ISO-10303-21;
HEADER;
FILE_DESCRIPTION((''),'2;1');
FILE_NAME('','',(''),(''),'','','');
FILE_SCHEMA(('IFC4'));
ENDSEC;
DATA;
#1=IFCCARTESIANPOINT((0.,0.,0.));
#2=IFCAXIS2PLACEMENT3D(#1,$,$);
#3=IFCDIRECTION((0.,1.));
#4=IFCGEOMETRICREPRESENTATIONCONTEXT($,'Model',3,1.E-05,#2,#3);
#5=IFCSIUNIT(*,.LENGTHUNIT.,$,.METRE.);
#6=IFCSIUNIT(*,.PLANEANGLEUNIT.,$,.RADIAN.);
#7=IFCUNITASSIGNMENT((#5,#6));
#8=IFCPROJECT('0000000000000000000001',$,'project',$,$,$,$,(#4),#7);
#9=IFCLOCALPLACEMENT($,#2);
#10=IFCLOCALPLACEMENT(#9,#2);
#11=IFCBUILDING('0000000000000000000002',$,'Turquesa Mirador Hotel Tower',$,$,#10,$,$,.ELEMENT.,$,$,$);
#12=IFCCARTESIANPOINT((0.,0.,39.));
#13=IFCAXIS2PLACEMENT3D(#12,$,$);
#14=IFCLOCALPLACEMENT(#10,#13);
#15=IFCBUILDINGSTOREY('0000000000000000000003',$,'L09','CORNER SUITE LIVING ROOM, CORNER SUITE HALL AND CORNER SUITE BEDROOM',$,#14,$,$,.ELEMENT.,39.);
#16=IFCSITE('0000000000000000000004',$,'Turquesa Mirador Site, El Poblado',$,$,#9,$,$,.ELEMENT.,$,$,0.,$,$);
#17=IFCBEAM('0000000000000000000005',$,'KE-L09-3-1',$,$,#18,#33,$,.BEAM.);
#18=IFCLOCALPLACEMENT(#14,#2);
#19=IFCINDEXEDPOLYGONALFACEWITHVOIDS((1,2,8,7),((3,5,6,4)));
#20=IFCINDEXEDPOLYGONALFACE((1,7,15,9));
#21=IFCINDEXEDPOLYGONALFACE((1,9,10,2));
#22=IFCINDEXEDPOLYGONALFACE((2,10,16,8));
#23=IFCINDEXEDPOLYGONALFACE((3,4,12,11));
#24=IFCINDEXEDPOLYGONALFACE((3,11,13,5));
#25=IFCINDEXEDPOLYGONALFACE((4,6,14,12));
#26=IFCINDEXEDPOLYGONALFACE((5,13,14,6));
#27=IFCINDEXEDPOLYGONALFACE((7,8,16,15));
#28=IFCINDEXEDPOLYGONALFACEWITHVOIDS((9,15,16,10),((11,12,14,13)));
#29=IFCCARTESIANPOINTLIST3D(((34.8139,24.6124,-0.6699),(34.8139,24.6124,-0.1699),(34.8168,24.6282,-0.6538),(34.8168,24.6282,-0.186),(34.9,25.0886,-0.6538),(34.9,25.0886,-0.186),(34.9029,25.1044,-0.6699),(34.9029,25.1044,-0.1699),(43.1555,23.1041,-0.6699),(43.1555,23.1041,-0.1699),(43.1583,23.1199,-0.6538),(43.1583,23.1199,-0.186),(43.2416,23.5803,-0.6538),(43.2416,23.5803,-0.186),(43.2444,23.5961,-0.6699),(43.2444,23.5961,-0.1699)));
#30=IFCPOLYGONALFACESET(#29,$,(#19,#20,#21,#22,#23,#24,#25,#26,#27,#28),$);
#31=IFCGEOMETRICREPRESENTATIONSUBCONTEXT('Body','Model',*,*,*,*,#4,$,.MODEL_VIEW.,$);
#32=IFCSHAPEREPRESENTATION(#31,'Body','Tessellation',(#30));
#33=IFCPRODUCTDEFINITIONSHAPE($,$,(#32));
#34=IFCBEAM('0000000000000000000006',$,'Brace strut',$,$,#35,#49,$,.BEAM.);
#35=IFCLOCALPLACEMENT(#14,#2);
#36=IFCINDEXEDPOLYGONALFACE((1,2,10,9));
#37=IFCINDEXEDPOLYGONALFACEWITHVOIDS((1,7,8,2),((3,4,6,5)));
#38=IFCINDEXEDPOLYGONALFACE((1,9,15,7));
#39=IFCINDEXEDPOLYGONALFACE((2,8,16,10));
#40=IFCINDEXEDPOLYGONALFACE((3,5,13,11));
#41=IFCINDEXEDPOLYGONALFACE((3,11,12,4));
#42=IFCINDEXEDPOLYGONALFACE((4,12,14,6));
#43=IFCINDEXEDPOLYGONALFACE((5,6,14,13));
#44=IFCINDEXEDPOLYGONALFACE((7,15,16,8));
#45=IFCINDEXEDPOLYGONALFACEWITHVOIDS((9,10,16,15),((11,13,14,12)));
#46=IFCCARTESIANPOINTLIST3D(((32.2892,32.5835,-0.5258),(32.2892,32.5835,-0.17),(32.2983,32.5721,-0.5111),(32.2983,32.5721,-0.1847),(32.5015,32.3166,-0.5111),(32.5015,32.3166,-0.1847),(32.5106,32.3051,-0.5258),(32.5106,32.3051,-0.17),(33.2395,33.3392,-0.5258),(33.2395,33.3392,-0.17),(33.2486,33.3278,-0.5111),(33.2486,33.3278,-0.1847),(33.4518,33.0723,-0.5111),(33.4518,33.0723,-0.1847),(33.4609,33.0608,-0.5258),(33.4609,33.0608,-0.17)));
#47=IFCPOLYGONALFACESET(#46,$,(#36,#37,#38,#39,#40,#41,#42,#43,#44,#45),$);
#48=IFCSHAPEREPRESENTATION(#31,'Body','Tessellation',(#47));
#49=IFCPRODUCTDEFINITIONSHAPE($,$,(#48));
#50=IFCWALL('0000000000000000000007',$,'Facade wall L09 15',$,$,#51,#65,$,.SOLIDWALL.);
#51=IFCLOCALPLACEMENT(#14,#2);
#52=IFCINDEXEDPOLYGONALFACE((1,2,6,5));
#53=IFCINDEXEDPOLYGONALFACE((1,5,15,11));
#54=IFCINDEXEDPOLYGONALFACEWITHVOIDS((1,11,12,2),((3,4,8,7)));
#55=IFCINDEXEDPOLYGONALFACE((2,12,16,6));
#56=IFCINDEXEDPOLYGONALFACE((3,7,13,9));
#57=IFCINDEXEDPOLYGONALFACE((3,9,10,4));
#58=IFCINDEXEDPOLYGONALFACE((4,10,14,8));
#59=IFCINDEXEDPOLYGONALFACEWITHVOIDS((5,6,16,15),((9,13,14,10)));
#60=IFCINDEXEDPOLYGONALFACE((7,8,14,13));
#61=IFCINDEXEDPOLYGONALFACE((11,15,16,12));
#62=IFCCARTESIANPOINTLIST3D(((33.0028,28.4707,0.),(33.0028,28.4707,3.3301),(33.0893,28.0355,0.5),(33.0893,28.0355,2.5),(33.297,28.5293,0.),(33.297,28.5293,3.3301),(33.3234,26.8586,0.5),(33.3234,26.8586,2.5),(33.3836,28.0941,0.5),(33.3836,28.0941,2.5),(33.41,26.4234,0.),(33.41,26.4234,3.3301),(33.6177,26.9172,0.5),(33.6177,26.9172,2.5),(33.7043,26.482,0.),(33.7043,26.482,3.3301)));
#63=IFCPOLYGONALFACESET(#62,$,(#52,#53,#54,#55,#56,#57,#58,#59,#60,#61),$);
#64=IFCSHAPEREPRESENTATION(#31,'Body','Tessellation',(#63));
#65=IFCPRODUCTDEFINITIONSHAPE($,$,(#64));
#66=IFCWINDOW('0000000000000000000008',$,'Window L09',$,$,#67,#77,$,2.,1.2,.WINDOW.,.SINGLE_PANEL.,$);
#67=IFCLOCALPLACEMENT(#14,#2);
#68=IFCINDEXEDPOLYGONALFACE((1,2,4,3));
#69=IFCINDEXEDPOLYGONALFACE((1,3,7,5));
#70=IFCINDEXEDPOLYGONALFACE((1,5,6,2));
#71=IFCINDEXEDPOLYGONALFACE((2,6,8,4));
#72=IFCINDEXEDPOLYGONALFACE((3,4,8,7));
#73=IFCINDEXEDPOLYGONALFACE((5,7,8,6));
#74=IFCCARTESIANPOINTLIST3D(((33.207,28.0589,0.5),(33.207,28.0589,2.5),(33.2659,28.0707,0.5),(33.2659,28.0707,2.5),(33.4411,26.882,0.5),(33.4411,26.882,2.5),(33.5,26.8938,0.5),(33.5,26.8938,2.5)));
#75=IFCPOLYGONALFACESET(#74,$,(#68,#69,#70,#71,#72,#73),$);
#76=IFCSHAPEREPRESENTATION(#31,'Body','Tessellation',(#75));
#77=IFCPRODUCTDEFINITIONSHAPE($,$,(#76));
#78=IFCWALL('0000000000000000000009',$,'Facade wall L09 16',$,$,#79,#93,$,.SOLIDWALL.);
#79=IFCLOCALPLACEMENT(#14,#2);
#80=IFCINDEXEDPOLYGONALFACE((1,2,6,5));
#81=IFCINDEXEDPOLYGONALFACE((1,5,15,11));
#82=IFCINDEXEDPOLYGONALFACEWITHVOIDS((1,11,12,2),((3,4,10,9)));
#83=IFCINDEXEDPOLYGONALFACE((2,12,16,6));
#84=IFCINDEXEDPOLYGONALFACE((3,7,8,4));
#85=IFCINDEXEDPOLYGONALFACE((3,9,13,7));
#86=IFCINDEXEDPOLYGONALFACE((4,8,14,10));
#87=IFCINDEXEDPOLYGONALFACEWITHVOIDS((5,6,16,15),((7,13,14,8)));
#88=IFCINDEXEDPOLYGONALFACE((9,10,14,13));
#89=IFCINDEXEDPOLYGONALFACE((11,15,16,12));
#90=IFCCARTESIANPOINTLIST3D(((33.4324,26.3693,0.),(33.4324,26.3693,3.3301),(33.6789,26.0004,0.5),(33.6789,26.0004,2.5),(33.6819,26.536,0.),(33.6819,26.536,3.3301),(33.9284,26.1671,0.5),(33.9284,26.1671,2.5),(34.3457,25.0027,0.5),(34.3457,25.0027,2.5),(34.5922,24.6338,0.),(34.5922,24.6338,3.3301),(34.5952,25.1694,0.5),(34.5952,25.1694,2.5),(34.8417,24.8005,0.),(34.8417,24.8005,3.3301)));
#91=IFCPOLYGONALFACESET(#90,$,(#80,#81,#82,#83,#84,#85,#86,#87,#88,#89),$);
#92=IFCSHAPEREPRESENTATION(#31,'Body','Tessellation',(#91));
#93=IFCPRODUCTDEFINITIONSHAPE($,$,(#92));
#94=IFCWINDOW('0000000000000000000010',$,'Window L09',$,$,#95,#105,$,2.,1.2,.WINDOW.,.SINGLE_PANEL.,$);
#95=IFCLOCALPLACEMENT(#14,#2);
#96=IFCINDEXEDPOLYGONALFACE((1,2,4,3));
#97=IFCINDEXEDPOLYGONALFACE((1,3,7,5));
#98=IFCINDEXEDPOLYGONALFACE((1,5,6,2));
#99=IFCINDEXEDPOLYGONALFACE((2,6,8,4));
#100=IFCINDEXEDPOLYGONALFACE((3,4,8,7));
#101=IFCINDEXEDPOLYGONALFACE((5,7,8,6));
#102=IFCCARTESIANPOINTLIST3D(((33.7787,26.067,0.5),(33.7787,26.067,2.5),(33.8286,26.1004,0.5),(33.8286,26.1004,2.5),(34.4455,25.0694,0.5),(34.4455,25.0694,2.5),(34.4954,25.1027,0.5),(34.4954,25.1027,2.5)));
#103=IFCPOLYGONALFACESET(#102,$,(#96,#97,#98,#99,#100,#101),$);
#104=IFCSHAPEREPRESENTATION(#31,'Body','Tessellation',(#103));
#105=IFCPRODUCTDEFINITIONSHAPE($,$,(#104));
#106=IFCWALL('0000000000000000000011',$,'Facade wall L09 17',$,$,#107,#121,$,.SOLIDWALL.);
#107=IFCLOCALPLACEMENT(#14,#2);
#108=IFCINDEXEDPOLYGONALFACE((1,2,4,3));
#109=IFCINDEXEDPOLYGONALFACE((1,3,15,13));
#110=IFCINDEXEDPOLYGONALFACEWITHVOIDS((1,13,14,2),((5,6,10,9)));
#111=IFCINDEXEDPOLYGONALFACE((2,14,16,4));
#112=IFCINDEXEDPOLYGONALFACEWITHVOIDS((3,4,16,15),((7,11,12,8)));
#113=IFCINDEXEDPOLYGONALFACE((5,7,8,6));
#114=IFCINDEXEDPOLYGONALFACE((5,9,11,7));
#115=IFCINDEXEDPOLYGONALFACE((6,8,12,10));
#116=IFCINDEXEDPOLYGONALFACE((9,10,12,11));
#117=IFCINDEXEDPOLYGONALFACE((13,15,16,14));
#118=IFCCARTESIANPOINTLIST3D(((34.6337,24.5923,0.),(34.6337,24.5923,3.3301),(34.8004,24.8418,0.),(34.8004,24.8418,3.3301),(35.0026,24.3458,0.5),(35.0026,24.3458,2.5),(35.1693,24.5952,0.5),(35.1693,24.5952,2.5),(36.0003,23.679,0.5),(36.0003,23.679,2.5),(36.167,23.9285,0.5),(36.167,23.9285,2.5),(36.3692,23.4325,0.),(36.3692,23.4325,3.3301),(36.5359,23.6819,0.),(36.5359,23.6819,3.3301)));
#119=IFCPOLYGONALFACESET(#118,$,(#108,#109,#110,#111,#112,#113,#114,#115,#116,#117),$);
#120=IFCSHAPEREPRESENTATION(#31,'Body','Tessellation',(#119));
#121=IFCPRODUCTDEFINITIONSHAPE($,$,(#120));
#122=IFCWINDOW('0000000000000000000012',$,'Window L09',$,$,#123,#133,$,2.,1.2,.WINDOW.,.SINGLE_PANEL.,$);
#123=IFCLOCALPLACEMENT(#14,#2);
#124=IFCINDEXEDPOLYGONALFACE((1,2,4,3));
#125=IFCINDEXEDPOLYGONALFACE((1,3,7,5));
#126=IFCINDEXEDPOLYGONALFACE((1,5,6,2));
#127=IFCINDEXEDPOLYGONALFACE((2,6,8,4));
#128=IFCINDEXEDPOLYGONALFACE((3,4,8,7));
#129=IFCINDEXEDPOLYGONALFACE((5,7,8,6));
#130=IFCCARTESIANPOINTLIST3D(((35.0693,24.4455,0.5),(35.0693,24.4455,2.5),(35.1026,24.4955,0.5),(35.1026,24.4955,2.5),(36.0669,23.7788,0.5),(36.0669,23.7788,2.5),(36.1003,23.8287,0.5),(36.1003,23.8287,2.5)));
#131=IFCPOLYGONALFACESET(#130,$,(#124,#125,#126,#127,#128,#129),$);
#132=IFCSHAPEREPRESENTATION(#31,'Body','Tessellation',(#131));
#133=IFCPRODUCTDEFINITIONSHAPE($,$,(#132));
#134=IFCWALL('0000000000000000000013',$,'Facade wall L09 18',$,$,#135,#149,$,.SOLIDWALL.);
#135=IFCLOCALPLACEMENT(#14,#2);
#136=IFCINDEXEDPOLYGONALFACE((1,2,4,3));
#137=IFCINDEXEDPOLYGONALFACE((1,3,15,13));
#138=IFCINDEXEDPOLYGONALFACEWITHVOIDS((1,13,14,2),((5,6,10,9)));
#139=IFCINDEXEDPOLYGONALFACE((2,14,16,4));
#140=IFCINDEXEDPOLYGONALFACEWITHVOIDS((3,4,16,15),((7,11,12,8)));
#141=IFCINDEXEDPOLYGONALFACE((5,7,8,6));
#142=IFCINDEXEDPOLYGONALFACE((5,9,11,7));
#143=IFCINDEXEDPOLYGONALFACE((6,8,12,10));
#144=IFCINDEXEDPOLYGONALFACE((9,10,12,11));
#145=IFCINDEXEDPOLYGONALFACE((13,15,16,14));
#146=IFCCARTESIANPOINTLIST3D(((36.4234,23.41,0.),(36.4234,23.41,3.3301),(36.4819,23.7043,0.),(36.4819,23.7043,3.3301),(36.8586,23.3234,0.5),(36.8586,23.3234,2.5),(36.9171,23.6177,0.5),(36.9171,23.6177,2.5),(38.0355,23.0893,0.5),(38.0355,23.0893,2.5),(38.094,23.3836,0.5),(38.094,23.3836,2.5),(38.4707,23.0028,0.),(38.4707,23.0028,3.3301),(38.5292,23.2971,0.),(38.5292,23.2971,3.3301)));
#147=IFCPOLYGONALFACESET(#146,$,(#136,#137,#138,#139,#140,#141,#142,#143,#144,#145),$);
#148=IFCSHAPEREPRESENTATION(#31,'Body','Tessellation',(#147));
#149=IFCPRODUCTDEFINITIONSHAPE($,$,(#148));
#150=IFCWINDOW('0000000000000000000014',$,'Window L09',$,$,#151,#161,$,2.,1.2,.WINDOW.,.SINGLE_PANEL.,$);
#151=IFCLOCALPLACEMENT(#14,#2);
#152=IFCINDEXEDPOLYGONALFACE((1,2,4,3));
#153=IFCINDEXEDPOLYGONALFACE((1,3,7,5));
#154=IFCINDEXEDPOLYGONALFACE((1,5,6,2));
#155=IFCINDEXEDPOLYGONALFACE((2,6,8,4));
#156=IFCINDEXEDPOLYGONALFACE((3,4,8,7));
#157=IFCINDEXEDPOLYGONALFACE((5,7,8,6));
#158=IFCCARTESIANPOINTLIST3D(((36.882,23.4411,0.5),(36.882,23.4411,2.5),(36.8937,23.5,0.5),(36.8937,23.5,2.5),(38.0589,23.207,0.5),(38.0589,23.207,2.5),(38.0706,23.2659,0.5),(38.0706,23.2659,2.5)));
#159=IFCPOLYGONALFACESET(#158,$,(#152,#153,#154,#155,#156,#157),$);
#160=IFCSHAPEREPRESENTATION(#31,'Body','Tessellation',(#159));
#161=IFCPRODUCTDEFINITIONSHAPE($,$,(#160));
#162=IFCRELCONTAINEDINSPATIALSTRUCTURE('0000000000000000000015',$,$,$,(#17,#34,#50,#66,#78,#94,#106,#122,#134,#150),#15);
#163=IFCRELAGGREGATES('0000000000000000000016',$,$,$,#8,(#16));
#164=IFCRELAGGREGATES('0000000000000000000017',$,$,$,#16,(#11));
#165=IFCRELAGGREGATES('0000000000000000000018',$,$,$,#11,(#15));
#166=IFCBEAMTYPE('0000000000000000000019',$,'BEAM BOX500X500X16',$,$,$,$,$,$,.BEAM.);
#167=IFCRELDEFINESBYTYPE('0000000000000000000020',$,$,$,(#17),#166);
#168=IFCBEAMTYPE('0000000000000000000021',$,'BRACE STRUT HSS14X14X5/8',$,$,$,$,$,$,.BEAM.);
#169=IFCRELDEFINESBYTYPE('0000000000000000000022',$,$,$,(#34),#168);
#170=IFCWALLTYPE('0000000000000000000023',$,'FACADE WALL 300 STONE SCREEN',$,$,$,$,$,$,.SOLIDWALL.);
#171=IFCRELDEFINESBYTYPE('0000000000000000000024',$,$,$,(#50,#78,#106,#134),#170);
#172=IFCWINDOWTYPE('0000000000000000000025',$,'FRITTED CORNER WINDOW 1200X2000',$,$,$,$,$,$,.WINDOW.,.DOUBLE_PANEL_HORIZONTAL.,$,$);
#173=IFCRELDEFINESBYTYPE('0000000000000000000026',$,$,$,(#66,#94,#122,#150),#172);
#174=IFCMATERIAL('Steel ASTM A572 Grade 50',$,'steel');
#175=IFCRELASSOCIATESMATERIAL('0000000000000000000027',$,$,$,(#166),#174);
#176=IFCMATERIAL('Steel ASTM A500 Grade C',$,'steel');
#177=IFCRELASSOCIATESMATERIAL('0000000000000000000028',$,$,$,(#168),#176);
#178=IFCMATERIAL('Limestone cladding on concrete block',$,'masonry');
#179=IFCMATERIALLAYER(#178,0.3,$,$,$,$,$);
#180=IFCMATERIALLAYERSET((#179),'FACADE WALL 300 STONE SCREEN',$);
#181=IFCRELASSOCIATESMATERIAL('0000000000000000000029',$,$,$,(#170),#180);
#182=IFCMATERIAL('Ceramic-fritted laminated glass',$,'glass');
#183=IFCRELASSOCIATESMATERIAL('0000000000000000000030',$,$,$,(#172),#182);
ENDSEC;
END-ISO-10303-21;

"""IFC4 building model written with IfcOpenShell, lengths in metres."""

from ifc_helpers import new_model, si_unit, direction, frame, frame_2d, origin, origin_2d, place, context, subcontext, project, spatial, rectangle, hollow_rectangle, extrude, material, layer, layer_set, material_profile, profile_set, type_object, element, fill, save


model = new_model("IFC4")

# Units and contexts
model_context = context("Model", 3, precision=1e-05, world=origin(), true_north=direction((0.0, 1.0)))
body_context = subcontext(model_context, "Body", "Model", "MODEL_VIEW")
ifc_project = project(units=[si_unit("LENGTHUNIT", "METRE"), si_unit("PLANEANGLEUNIT", "RADIAN")], contexts=[model_context])

# Site, building, storey
site_placement = place(None, origin())
site = spatial("IfcSite", under=ifc_project, at=site_placement, Name="Turquesa Mirador Site, El Poblado", CompositionType="ELEMENT", RefElevation=0.0)
building_placement = place(site_placement, origin())
building = spatial("IfcBuilding", under=site, at=building_placement, Name="Turquesa Mirador Hotel Tower", CompositionType="ELEMENT")
storey_placement = place(building_placement, frame((0.0, 0.0, 39.0)))
storey = spatial("IfcBuildingStorey", under=building, at=storey_placement, Name="L09", Description="CORNER SUITE LIVING ROOM, CORNER SUITE HALL AND CORNER SUITE BEDROOM", CompositionType="ELEMENT", Elevation=39.0)

# Beams
ifc_material_1 = material(Name="Steel ASTM A572 Grade 50", Category="steel")
ifc_material_profile_1 = material_profile(ifc_material_1, hollow_rectangle(XDim=0.5, YDim=0.5, WallThickness=0.0161, at=origin_2d()), Name="BOX500X500X16")
ifc_profile_set_1 = profile_set([ifc_material_profile_1], Name="Steel ASTM A572 Grade 50")
beam_type_1 = type_object("IfcBeamType", Name="BEAM BOX500X500X16", PredefinedType="BEAM", material=ifc_profile_set_1)
beam_1_placement = place(storey_placement, frame((34.8584, 24.8584, -0.4199), z_axis=(0.984043, -0.177932, 0.0), x_axis=(0.177932, 0.984043, 0.0)))
element("IfcBeam", 1, at=beam_1_placement, inside=storey, type_object=beam_type_1, Name="KE-L09-3-1", PredefinedType="BEAM", context=body_context, shape_type="SweptSolid", body=[
    extrude(hollow_rectangle(XDim=0.5, YDim=0.5, WallThickness=0.0161, at=origin_2d()), origin(), (0.0, 0.0, 1.0), 8.4768),
])
ifc_material_2 = material(Name="Steel ASTM A500 Grade C", Category="steel")
ifc_material_profile_2 = material_profile(ifc_material_2, hollow_rectangle(XDim=0.3557, YDim=0.3557, WallThickness=0.0146, at=origin_2d()), Name="HSS14X14X5/8")
ifc_profile_set_2 = profile_set([ifc_material_profile_2], Name="Steel ASTM A500 Grade C")
beam_type_2 = type_object("IfcBeamType", Name="BRACE STRUT HSS14X14X5/8", PredefinedType="BEAM", material=ifc_profile_set_2)
beam_2_placement = place(storey_placement, frame((32.3999, 32.4443, -0.3479), z_axis=(0.78269, 0.622412, 0.0), x_axis=(-0.622412, 0.78269, 0.0)))
element("IfcBeam", 2, at=beam_2_placement, inside=storey, type_object=beam_type_2, Name="Brace strut", PredefinedType="BEAM", context=body_context, shape_type="SweptSolid", body=[
    extrude(hollow_rectangle(XDim=0.3557, YDim=0.3557, WallThickness=0.0146, at=origin_2d()), origin(), (0.0, 0.0, 1.0), 1.2141),
])

# Walls, openings, windows
ifc_material_3 = material(Name="Limestone cladding on concrete block", Category="masonry")
ifc_layer_1 = layer(ifc_material_3, 0.3)
ifc_layer_set_1 = layer_set([ifc_layer_1], Name="FACADE WALL 300 STONE SCREEN")
wall_type_1 = type_object("IfcWallType", Name="FACADE WALL 300 STONE SCREEN", PredefinedType="SOLIDWALL", material=ifc_layer_set_1)
wall_1_placement = place(storey_placement, frame((33.1499, 28.5, 0.0), z_axis=(0.0, 0.0, 1.0), x_axis=(0.195081, -0.980787, 0.0)))
wall_1 = element("IfcWall", 3, at=wall_1_placement, inside=storey, type_object=wall_type_1, Name="Facade wall L09 15", PredefinedType="SOLIDWALL", context=body_context, shape_type="SweptSolid", body=[
    extrude(rectangle(XDim=2.0874, YDim=0.3, at=frame_2d((1.0437, 0.0))), origin(), (0.0, 0.0, 1.0), 3.3301),
])
opening_1_placement = place(wall_1_placement, frame((0.4436, 0.0, 0.5)))
opening_1 = element("IfcOpeningElement", 4, at=opening_1_placement, cuts=wall_1, PredefinedType="OPENING", context=body_context, shape_type="SweptSolid", body=[
    extrude(rectangle(XDim=1.2, YDim=2.0, at=frame_2d((0.6001, 1.0))), frame((0.0, 0.1599, 0.0), z_axis=(0.0, -1.0, 0.0), x_axis=(1.0, 0.0, 0.0)), (0.0, 0.0, 1.0), 0.3201),
])
ifc_material_4 = material(Name="Ceramic-fritted laminated glass", Category="glass")
window_type_1 = type_object("IfcWindowType", Name="FRITTED CORNER WINDOW 1200X2000", PartitioningType="DOUBLE_PANEL_HORIZONTAL", PredefinedType="WINDOW", material=ifc_material_4)
window_1_placement = place(opening_1_placement, origin())
window_1 = element("IfcWindow", 5, at=window_1_placement, inside=storey, type_object=window_type_1, Name="Window L09", OverallHeight=2.0, OverallWidth=1.2, PartitioningType="SINGLE_PANEL", PredefinedType="WINDOW", context=body_context, shape_type="SweptSolid", body=[
    extrude(rectangle(XDim=1.2, YDim=2.0, at=frame_2d((0.6001, 1.0))), frame((0.0, 0.03, 0.0), z_axis=(0.0, -1.0, 0.0), x_axis=(1.0, 0.0, 0.0)), (0.0, 0.0, 1.0), 0.0601),
])
fill(opening_1, window_1)
wall_2_placement = place(storey_placement, frame((33.5571, 26.4526, 0.0), z_axis=(0.0, 0.0, 1.0), x_axis=(0.555644, -0.83142, 0.0)))
wall_2 = element("IfcWall", 6, at=wall_2_placement, inside=storey, type_object=wall_type_1, Name="Facade wall L09 16", PredefinedType="SOLIDWALL", context=body_context, shape_type="SweptSolid", body=[
    extrude(rectangle(XDim=2.0874, YDim=0.3, at=frame_2d((1.0437, 0.0))), origin(), (0.0, 0.0, 1.0), 3.3301),
])
opening_2_placement = place(wall_2_placement, frame((0.4436, 0.0, 0.5)))
opening_2 = element("IfcOpeningElement", 7, at=opening_2_placement, cuts=wall_2, PredefinedType="OPENING", context=body_context, shape_type="SweptSolid", body=[
    extrude(rectangle(XDim=1.2, YDim=2.0, at=frame_2d((0.6001, 1.0))), frame((0.0, 0.1599, 0.0), z_axis=(0.0, -1.0, 0.0), x_axis=(1.0, 0.0, 0.0)), (0.0, 0.0, 1.0), 0.3201),
])
window_2_placement = place(opening_2_placement, origin())
window_2 = element("IfcWindow", 8, at=window_2_placement, inside=storey, type_object=window_type_1, Name="Window L09", OverallHeight=2.0, OverallWidth=1.2, PartitioningType="SINGLE_PANEL", PredefinedType="WINDOW", context=body_context, shape_type="SweptSolid", body=[
    extrude(rectangle(XDim=1.2, YDim=2.0, at=frame_2d((0.6001, 1.0))), frame((0.0, 0.03, 0.0), z_axis=(0.0, -1.0, 0.0), x_axis=(1.0, 0.0, 0.0)), (0.0, 0.0, 1.0), 0.0601),
])
fill(opening_2, window_2)
wall_3_placement = place(storey_placement, frame((34.717, 24.717, 0.0), z_axis=(0.0, 0.0, 1.0), x_axis=(0.83142, -0.555644, 0.0)))
wall_3 = element("IfcWall", 9, at=wall_3_placement, inside=storey, type_object=wall_type_1, Name="Facade wall L09 17", PredefinedType="SOLIDWALL", context=body_context, shape_type="SweptSolid", body=[
    extrude(rectangle(XDim=2.0874, YDim=0.3, at=frame_2d((1.0437, 0.0))), origin(), (0.0, 0.0, 1.0), 3.3301),
])
opening_3_placement = place(wall_3_placement, frame((0.4436, 0.0, 0.5)))
opening_3 = element("IfcOpeningElement", 10, at=opening_3_placement, cuts=wall_3, PredefinedType="OPENING", context=body_context, shape_type="SweptSolid", body=[
    extrude(rectangle(XDim=1.2, YDim=2.0, at=frame_2d((0.6001, 1.0))), frame((0.0, 0.1599, 0.0), z_axis=(0.0, -1.0, 0.0), x_axis=(1.0, 0.0, 0.0)), (0.0, 0.0, 1.0), 0.3201),
])
window_3_placement = place(opening_3_placement, origin())
window_3 = element("IfcWindow", 11, at=window_3_placement, inside=storey, type_object=window_type_1, Name="Window L09", OverallHeight=2.0, OverallWidth=1.2, PartitioningType="SINGLE_PANEL", PredefinedType="WINDOW", context=body_context, shape_type="SweptSolid", body=[
    extrude(rectangle(XDim=1.2, YDim=2.0, at=frame_2d((0.6001, 1.0))), frame((0.0, 0.03, 0.0), z_axis=(0.0, -1.0, 0.0), x_axis=(1.0, 0.0, 0.0)), (0.0, 0.0, 1.0), 0.0601),
])
fill(opening_3, window_3)
wall_4_placement = place(storey_placement, frame((36.4526, 23.5571, 0.0), z_axis=(0.0, 0.0, 1.0), x_axis=(0.980787, -0.195081, 0.0)))
wall_4 = element("IfcWall", 12, at=wall_4_placement, inside=storey, type_object=wall_type_1, Name="Facade wall L09 18", PredefinedType="SOLIDWALL", context=body_context, shape_type="SweptSolid", body=[
    extrude(rectangle(XDim=2.0874, YDim=0.3, at=frame_2d((1.0437, 0.0))), origin(), (0.0, 0.0, 1.0), 3.3301),
])
opening_4_placement = place(wall_4_placement, frame((0.4436, 0.0, 0.5)))
opening_4 = element("IfcOpeningElement", 13, at=opening_4_placement, cuts=wall_4, PredefinedType="OPENING", context=body_context, shape_type="SweptSolid", body=[
    extrude(rectangle(XDim=1.2, YDim=2.0, at=frame_2d((0.6001, 1.0))), frame((0.0, 0.1599, 0.0), z_axis=(0.0, -1.0, 0.0), x_axis=(1.0, 0.0, 0.0)), (0.0, 0.0, 1.0), 0.3201),
])
window_4_placement = place(opening_4_placement, origin())
window_4 = element("IfcWindow", 14, at=window_4_placement, inside=storey, type_object=window_type_1, Name="Window L09", OverallHeight=2.0, OverallWidth=1.2, PartitioningType="SINGLE_PANEL", PredefinedType="WINDOW", context=body_context, shape_type="SweptSolid", body=[
    extrude(rectangle(XDim=1.2, YDim=2.0, at=frame_2d((0.6001, 1.0))), frame((0.0, 0.03, 0.0), z_axis=(0.0, -1.0, 0.0), x_axis=(1.0, 0.0, 0.0)), (0.0, 0.0, 1.0), 0.0601),
])
fill(opening_4, window_4)

save(model, "model.ifc")
